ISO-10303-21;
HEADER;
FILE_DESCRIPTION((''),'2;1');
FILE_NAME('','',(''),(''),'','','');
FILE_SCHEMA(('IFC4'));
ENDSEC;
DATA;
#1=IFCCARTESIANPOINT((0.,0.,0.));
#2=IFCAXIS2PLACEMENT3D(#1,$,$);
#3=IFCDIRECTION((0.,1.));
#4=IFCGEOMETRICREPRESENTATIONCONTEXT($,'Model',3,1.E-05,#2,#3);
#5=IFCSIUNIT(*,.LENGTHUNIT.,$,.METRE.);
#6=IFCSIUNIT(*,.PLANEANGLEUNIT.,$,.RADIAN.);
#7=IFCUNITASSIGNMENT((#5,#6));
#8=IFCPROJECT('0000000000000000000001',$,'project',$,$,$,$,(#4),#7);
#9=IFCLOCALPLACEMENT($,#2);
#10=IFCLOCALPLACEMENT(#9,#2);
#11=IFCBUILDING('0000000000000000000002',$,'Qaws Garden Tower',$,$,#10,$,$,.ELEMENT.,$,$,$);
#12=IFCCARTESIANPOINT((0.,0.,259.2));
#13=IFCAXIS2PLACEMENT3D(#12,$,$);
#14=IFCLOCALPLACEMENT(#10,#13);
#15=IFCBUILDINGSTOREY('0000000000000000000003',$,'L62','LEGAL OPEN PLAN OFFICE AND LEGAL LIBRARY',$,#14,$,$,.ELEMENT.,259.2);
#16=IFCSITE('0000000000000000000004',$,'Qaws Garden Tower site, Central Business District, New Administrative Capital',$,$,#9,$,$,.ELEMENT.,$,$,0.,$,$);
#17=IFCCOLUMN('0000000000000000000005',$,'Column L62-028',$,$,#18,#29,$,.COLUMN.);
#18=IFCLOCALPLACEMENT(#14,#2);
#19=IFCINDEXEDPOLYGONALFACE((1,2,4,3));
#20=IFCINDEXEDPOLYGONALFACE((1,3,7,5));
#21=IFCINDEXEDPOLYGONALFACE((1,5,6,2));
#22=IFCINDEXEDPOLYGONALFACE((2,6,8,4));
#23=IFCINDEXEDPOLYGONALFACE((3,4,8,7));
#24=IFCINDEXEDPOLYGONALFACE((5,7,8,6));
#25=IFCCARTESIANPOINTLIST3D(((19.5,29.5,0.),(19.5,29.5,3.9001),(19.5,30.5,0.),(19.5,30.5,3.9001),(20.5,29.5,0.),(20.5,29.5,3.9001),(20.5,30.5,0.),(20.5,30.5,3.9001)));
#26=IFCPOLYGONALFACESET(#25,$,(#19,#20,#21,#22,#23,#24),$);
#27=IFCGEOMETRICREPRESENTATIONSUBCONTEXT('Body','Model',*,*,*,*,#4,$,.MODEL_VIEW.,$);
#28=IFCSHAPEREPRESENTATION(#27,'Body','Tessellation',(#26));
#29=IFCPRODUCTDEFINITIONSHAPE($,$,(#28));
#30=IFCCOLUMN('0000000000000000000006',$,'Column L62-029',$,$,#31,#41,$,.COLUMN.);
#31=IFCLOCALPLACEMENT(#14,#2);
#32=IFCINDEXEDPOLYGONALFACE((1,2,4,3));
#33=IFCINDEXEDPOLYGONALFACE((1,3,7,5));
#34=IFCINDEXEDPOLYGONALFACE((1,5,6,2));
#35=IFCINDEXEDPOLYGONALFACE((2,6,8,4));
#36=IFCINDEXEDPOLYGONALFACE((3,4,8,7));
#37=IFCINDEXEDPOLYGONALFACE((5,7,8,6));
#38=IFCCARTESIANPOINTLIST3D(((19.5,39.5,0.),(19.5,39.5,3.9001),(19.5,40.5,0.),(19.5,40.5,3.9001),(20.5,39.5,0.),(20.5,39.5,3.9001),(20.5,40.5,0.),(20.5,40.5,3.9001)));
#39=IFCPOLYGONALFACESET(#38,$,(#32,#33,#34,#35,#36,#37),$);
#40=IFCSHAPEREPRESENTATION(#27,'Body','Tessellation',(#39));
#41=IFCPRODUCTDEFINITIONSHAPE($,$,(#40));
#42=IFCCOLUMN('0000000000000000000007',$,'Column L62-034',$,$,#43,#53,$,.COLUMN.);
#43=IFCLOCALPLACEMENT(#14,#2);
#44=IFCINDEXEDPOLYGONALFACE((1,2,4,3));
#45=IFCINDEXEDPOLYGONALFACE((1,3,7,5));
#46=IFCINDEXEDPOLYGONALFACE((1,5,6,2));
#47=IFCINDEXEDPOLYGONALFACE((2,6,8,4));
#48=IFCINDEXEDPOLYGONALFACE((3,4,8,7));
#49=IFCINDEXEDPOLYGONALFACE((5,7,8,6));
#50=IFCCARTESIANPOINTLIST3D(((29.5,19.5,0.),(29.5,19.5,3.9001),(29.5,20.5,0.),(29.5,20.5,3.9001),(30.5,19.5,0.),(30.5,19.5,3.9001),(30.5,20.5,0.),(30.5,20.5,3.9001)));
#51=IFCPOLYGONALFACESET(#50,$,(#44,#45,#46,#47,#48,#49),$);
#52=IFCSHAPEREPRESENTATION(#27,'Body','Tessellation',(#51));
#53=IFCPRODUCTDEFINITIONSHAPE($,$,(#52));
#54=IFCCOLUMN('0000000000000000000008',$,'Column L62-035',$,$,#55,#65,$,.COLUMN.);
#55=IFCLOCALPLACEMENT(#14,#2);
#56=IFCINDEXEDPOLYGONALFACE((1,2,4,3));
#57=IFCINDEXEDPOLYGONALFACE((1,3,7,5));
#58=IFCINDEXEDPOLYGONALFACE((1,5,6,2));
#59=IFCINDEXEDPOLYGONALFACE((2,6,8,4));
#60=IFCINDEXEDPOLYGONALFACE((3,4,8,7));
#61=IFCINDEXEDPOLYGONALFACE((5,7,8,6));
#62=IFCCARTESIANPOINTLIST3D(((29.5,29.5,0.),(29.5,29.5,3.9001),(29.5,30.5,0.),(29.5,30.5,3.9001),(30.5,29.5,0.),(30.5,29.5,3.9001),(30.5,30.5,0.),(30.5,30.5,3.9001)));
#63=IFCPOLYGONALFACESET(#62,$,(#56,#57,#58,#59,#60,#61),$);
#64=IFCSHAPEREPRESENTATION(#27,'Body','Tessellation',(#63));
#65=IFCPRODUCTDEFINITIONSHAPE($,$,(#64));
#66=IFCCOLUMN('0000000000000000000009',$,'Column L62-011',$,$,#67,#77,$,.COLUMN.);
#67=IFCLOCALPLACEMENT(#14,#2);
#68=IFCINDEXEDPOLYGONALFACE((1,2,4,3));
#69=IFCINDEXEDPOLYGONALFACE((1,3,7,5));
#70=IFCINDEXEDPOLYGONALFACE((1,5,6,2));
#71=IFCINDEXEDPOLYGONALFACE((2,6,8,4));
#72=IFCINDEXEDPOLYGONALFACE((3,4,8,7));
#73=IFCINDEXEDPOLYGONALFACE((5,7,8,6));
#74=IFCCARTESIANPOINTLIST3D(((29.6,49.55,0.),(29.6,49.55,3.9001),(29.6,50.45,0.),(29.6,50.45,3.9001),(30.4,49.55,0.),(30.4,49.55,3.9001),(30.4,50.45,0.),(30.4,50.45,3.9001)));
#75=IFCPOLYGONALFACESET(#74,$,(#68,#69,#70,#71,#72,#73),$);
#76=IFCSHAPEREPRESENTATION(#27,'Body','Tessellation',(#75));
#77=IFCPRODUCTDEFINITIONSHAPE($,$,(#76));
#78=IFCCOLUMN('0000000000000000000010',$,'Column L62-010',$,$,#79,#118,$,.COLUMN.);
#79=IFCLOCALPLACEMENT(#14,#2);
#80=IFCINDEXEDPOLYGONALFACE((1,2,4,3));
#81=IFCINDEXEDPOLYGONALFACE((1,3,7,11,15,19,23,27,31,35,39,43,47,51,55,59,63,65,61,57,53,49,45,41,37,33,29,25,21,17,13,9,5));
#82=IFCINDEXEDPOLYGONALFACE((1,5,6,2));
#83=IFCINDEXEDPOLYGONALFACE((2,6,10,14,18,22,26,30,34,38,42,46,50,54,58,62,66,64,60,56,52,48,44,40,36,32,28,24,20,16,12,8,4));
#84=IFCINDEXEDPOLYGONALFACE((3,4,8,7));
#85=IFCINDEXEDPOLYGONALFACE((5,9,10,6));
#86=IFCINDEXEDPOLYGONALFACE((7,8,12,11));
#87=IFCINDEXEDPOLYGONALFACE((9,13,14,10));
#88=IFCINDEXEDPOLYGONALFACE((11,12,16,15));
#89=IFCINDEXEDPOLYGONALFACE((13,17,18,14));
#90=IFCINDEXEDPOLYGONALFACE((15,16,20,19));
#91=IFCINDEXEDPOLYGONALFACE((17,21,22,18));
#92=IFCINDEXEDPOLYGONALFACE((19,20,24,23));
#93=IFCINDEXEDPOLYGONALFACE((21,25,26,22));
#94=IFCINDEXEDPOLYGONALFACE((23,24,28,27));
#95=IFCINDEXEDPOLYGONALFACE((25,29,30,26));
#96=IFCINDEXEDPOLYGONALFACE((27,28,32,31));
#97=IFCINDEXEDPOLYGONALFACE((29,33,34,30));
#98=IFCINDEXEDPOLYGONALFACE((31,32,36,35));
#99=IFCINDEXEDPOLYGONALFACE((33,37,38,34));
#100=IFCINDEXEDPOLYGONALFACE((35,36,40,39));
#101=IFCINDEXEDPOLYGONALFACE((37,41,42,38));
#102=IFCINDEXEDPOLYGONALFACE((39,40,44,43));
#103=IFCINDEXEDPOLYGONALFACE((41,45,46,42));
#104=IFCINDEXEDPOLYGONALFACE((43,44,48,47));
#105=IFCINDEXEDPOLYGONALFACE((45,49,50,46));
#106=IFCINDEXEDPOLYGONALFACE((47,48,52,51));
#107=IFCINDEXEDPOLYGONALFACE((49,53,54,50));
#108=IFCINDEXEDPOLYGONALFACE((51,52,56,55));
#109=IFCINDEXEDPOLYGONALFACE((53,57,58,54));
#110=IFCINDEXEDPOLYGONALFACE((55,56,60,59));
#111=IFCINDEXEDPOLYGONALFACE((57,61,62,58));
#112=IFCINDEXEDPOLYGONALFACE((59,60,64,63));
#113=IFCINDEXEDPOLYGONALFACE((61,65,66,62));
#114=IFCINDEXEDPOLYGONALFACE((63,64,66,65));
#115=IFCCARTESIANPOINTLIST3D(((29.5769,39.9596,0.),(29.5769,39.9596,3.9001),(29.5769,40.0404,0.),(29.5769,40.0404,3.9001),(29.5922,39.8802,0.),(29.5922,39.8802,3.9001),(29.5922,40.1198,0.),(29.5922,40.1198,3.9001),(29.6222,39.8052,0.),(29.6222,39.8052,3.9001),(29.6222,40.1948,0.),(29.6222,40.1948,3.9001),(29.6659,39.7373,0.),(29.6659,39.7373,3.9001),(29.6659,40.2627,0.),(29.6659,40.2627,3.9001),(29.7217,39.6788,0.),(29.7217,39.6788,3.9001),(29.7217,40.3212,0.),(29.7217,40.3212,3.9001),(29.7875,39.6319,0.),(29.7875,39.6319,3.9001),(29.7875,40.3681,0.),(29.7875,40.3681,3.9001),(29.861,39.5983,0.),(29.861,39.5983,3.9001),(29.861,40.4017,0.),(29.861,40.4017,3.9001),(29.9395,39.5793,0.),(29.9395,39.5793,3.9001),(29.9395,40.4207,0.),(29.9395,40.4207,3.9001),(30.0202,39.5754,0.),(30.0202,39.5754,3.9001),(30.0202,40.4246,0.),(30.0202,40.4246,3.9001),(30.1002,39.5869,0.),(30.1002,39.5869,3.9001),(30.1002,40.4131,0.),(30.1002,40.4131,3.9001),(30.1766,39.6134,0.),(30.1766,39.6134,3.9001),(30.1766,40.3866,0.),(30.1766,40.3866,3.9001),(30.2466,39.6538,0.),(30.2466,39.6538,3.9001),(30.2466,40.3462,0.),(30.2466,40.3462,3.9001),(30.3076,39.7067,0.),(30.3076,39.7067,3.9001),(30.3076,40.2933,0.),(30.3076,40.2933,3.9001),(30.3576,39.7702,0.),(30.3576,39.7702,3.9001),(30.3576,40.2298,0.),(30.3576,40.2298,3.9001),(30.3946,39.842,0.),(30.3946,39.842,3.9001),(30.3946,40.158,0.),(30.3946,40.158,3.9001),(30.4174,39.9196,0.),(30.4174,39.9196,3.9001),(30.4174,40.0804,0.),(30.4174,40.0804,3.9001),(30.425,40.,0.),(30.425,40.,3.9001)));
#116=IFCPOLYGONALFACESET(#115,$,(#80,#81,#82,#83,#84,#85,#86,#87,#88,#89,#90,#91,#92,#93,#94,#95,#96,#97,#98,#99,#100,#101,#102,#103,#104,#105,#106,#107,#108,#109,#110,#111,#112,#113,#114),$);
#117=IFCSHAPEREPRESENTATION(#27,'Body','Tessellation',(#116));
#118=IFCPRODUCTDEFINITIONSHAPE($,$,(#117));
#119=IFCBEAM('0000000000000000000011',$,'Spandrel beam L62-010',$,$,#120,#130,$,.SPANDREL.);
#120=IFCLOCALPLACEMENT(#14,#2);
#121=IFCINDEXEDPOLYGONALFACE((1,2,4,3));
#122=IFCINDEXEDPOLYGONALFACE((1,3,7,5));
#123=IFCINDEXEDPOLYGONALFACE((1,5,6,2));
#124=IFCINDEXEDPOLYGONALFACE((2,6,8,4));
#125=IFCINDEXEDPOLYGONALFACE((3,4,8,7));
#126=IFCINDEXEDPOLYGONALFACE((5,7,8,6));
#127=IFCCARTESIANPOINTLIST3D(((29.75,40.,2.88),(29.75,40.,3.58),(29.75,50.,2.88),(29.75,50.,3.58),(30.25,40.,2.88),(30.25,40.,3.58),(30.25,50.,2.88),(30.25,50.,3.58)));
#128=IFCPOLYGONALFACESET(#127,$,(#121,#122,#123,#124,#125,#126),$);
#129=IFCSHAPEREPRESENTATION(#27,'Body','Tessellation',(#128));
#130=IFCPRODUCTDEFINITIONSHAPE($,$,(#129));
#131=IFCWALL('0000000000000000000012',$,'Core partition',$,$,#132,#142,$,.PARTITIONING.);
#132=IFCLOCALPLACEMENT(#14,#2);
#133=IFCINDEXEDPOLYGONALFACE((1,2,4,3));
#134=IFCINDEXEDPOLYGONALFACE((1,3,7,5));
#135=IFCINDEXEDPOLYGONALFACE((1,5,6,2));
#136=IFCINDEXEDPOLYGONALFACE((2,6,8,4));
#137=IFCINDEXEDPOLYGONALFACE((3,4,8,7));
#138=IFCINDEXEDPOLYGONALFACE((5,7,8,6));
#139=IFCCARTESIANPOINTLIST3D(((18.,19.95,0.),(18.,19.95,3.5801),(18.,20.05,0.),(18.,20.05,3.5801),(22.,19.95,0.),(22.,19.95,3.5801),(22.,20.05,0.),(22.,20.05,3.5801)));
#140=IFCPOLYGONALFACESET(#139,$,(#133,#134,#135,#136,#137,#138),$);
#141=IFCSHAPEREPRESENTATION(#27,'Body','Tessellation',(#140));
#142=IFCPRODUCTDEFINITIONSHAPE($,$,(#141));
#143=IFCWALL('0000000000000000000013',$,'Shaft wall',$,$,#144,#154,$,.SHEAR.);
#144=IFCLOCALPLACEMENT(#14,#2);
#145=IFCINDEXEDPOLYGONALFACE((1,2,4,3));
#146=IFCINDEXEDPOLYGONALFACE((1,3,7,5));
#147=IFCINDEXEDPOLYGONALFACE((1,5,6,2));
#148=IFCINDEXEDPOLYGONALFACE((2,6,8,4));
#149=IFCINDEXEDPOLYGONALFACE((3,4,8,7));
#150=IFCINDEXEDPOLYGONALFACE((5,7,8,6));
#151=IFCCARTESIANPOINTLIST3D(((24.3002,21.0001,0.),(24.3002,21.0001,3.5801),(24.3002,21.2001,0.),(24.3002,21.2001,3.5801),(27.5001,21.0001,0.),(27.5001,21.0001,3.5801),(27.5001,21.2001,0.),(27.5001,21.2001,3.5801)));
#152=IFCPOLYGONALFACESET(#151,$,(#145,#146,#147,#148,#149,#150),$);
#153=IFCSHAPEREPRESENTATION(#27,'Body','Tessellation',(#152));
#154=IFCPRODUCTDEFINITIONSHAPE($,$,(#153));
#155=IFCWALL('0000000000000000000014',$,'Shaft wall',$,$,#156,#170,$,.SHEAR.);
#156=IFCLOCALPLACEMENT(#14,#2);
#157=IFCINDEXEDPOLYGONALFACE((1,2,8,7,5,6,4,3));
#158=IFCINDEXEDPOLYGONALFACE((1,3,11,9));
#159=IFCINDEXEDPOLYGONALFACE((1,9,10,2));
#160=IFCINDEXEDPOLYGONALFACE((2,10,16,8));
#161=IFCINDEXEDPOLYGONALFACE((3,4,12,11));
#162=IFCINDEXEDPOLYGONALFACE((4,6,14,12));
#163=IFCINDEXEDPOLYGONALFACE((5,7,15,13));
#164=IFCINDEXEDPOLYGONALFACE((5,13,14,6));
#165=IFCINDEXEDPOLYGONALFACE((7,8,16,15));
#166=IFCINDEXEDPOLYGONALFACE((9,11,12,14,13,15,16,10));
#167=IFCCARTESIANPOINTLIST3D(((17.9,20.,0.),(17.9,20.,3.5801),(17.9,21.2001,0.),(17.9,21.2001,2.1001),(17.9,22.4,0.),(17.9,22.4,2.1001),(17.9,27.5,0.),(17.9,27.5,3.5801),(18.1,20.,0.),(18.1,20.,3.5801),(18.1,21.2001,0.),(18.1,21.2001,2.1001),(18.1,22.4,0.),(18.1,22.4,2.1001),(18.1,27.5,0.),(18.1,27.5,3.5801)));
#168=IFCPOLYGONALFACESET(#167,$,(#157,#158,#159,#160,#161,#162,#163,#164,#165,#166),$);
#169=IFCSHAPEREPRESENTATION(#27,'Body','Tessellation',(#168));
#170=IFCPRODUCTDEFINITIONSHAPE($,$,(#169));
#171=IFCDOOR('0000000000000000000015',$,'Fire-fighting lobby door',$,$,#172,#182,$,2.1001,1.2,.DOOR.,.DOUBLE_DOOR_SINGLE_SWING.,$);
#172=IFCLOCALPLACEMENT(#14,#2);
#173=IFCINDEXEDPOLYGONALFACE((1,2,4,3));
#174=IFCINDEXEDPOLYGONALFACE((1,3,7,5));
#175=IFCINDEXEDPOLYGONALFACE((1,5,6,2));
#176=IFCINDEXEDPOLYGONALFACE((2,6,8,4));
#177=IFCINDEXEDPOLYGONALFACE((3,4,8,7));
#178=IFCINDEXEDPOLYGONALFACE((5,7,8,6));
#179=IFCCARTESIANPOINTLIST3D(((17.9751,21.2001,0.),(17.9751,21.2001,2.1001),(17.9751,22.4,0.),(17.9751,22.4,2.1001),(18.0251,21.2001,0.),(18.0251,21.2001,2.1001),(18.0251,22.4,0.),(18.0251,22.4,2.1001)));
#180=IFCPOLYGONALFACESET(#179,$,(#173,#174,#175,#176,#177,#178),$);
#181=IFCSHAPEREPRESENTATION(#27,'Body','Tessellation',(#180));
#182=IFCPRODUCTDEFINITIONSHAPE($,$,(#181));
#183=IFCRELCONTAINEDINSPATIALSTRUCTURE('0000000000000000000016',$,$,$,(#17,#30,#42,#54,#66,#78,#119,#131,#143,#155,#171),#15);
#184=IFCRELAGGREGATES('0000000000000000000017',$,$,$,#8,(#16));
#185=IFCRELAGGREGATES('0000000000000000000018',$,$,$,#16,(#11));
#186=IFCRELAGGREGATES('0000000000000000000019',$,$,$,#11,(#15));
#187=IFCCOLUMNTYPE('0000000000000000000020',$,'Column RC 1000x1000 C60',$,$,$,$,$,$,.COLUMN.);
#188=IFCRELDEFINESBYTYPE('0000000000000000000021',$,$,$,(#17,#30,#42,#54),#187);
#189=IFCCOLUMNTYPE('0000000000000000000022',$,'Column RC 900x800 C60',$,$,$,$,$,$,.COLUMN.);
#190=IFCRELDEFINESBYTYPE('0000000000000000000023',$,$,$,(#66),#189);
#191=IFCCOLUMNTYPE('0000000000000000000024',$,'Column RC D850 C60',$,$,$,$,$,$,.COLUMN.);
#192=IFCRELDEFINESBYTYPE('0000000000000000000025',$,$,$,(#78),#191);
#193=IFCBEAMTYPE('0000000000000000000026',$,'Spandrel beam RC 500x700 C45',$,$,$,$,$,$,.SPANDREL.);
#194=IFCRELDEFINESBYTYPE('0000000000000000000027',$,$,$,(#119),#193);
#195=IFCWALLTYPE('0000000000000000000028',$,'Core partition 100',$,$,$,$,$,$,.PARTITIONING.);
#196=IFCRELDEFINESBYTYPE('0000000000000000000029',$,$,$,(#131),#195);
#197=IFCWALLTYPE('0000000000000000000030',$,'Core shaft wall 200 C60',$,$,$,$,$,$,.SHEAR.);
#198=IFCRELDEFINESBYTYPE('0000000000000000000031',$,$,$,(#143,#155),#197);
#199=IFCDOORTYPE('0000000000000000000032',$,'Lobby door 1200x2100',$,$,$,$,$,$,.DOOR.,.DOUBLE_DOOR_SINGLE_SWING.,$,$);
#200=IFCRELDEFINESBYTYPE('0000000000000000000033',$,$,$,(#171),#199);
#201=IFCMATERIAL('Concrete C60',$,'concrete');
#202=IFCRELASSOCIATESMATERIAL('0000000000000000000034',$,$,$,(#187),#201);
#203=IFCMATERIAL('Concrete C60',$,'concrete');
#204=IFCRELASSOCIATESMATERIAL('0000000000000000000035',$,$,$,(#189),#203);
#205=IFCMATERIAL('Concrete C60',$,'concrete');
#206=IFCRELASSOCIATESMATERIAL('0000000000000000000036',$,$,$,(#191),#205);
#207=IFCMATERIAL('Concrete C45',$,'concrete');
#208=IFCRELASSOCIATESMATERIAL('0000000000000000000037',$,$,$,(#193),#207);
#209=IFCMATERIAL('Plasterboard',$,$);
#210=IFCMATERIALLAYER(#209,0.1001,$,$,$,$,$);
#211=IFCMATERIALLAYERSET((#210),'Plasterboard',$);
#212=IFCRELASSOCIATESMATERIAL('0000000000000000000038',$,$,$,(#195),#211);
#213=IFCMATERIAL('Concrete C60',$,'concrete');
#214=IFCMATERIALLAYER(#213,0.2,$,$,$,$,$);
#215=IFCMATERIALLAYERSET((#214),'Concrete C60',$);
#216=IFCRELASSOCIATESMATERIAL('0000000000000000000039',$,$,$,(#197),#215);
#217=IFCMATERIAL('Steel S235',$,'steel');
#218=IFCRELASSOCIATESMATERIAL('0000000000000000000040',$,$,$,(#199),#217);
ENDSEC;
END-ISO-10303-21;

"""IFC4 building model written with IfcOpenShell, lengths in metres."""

from ifc_helpers import new_model, si_unit, direction, frame, frame_2d, origin, origin_2d, place, context, subcontext, project, spatial, rectangle, circle, extrude, material, layer, layer_set, material_profile, profile_set, type_object, element, fill, save


model = new_model("IFC4")

# Units and contexts
model_context = context("Model", 3, precision=1e-05, world=origin(), true_north=direction((0.0, 1.0)))
body_context = subcontext(model_context, "Body", "Model", "MODEL_VIEW")
ifc_project = project(units=[si_unit("LENGTHUNIT", "METRE"), si_unit("PLANEANGLEUNIT", "RADIAN")], contexts=[model_context])

# Site, building, storey
site_placement = place(None, origin())
site = spatial("IfcSite", under=ifc_project, at=site_placement, Name="Qaws Garden Tower site, Central Business District, New Administrative Capital", CompositionType="ELEMENT", RefElevation=0.0)
building_placement = place(site_placement, origin())
building = spatial("IfcBuilding", under=site, at=building_placement, Name="Qaws Garden Tower", CompositionType="ELEMENT")
storey_placement = place(building_placement, frame((0.0, 0.0, 259.2)))
storey = spatial("IfcBuildingStorey", under=building, at=storey_placement, Name="L62", Description="LEGAL OPEN PLAN OFFICE AND LEGAL LIBRARY", CompositionType="ELEMENT", Elevation=259.2)

# Columns
ifc_material_1 = material(Name="Concrete C60", Category="concrete")
ifc_material_profile_1 = material_profile(ifc_material_1, rectangle(XDim=1.0, YDim=1.0, at=origin_2d()), Name="RC 1000x1000")
ifc_profile_set_1 = profile_set([ifc_material_profile_1], Name="Concrete C60")
column_type_1 = type_object("IfcColumnType", Name="Column RC 1000x1000 C60", PredefinedType="COLUMN", material=ifc_profile_set_1)
for number, where, z_axis, x_axis, name in (
    (1, (20.0, 30.0, 0.0), (0.0, 0.0, 1.0), (1.0, 0.0, 0.0), "Column L62-028"),
    (2, (20.0, 40.0, 0.0), (0.0, 0.0, 1.0), (1.0, 0.0, 0.0), "Column L62-029"),
    (3, (30.0, 20.0, 0.0), (0.0, 0.0, 1.0), (1.0, 0.0, 0.0), "Column L62-034"),
    (4, (30.0, 30.0, 0.0), (0.0, 0.0, 1.0), (1.0, 0.0, 0.0), "Column L62-035"),
):
    element("IfcColumn", number, at=place(storey_placement, frame(where, z_axis=z_axis, x_axis=x_axis)), inside=storey, type_object=column_type_1, Name=name, PredefinedType="COLUMN", context=body_context, shape_type="SweptSolid", body=[
        extrude(rectangle(XDim=1.0, YDim=1.0, at=origin_2d()), origin(), (0.0, 0.0, 1.0), 3.9001),
    ])
ifc_material_2 = material(Name="Concrete C60", Category="concrete")
ifc_material_profile_2 = material_profile(ifc_material_2, rectangle(XDim=0.8999, YDim=0.8, at=origin_2d()), Name="RC 900x800")
ifc_profile_set_2 = profile_set([ifc_material_profile_2], Name="Concrete C60")
column_type_2 = type_object("IfcColumnType", Name="Column RC 900x800 C60", PredefinedType="COLUMN", material=ifc_profile_set_2)
column_1_placement = place(storey_placement, frame((30.0, 50.0, 0.0), z_axis=(0.0, 0.0, 1.0), x_axis=(0.0, 1.0, 0.0)))
element("IfcColumn", 5, at=column_1_placement, inside=storey, type_object=column_type_2, Name="Column L62-011", PredefinedType="COLUMN", context=body_context, shape_type="SweptSolid", body=[
    extrude(rectangle(XDim=0.8999, YDim=0.8, at=origin_2d()), origin(), (0.0, 0.0, 1.0), 3.9001),
])
ifc_material_3 = material(Name="Concrete C60", Category="concrete")
ifc_material_profile_3 = material_profile(ifc_material_3, circle(Radius=0.425, at=origin_2d()), Name="RC D850")
ifc_profile_set_3 = profile_set([ifc_material_profile_3], Name="Concrete C60")
column_type_3 = type_object("IfcColumnType", Name="Column RC D850 C60", PredefinedType="COLUMN", material=ifc_profile_set_3)
column_2_placement = place(storey_placement, frame((30.0, 40.0, 0.0), z_axis=(0.0, 0.0, 1.0), x_axis=(1.0, 0.0, 0.0)))
element("IfcColumn", 6, at=column_2_placement, inside=storey, type_object=column_type_3, Name="Column L62-010", PredefinedType="COLUMN", context=body_context, shape_type="SweptSolid", body=[
    extrude(circle(Radius=0.425, at=origin_2d()), origin(), (0.0, 0.0, 1.0), 3.9001),
])

# Beam
ifc_material_4 = material(Name="Concrete C45", Category="concrete")
ifc_material_profile_4 = material_profile(ifc_material_4, rectangle(XDim=0.5, YDim=0.7, at=origin_2d()), Name="RC 500x700")
ifc_profile_set_4 = profile_set([ifc_material_profile_4], Name="Concrete C45")
beam_type = type_object("IfcBeamType", Name="Spandrel beam RC 500x700 C45", PredefinedType="SPANDREL", material=ifc_profile_set_4)
beam_placement = place(storey_placement, frame((30.0, 40.0, 3.23), z_axis=(0.0, 1.0, 0.0), x_axis=(-1.0, 0.0, 0.0)))
element("IfcBeam", 7, at=beam_placement, inside=storey, type_object=beam_type, Name="Spandrel beam L62-010", PredefinedType="SPANDREL", context=body_context, shape_type="SweptSolid", body=[
    extrude(rectangle(XDim=0.5, YDim=0.7, at=origin_2d()), origin(), (0.0, 0.0, 1.0), 10.0),
])

# Walls
ifc_material_5 = material(Name="Plasterboard")
ifc_layer_1 = layer(ifc_material_5, 0.1001)
ifc_layer_set_1 = layer_set([ifc_layer_1], Name="Plasterboard")
wall_type_1 = type_object("IfcWallType", Name="Core partition 100", PredefinedType="PARTITIONING", material=ifc_layer_set_1)
wall_1_placement = place(storey_placement, frame((18.0, 20.0, 0.0), z_axis=(0.0, 0.0, 1.0), x_axis=(1.0, 0.0, 0.0)))
element("IfcWall", 8, at=wall_1_placement, inside=storey, type_object=wall_type_1, Name="Core partition", PredefinedType="PARTITIONING", context=body_context, shape_type="SweptSolid", body=[
    extrude(rectangle(XDim=4.0, YDim=0.1001, at=frame_2d((2.0, 0.0))), origin(), (0.0, 0.0, 1.0), 3.5801),
])
ifc_material_6 = material(Name="Concrete C60", Category="concrete")
ifc_layer_2 = layer(ifc_material_6, 0.2)
ifc_layer_set_2 = layer_set([ifc_layer_2], Name="Concrete C60")
wall_type_2 = type_object("IfcWallType", Name="Core shaft wall 200 C60", PredefinedType="SHEAR", material=ifc_layer_set_2)
wall_2_placement = place(storey_placement, frame((24.3, 21.1001, 0.0), z_axis=(0.0, 0.0, 1.0), x_axis=(1.0, 0.0, 0.0)))
element("IfcWall", 9, at=wall_2_placement, inside=storey, type_object=wall_type_2, Name="Shaft wall", PredefinedType="SHEAR", context=body_context, shape_type="SweptSolid", body=[
    extrude(rectangle(XDim=3.2, YDim=0.2, at=frame_2d((1.6001, 0.0))), origin(), (0.0, 0.0, 1.0), 3.5801),
])

# Wall, opening, door
wall_3_placement = place(storey_placement, frame((18.0, 20.0, 0.0), z_axis=(0.0, 0.0, 1.0), x_axis=(0.0, 1.0, 0.0)))
wall_3 = element("IfcWall", 10, at=wall_3_placement, inside=storey, type_object=wall_type_2, Name="Shaft wall", PredefinedType="SHEAR", context=body_context, shape_type="SweptSolid", body=[
    extrude(rectangle(XDim=7.5, YDim=0.2, at=frame_2d((3.75, 0.0))), origin(), (0.0, 0.0, 1.0), 3.5801),
])
opening_placement = place(wall_3_placement, frame((1.2, 0.0, 0.0)))
opening = element("IfcOpeningElement", 11, at=opening_placement, cuts=wall_3, PredefinedType="OPENING", context=body_context, shape_type="SweptSolid", body=[
    extrude(rectangle(XDim=1.2, YDim=2.1001, at=frame_2d((0.6001, 1.05))), frame((0.0, 0.1099, 0.0), z_axis=(0.0, -1.0, 0.0), x_axis=(1.0, 0.0, 0.0)), (0.0, 0.0, 1.0), 0.22),
])
ifc_material_7 = material(Name="Steel S235", Category="steel")
door_type = type_object("IfcDoorType", Name="Lobby door 1200x2100", OperationType="DOUBLE_DOOR_SINGLE_SWING", PredefinedType="DOOR", material=ifc_material_7)
door_placement = place(opening_placement, origin())
door = element("IfcDoor", 12, at=door_placement, inside=storey, type_object=door_type, Name="Fire-fighting lobby door", OperationType="DOUBLE_DOOR_SINGLE_SWING", OverallHeight=2.1001, OverallWidth=1.2, PredefinedType="DOOR", context=body_context, shape_type="SweptSolid", body=[
    extrude(rectangle(XDim=1.2, YDim=2.1001, at=frame_2d((0.6001, 1.05))), frame((0.0, 0.0249, 0.0), z_axis=(0.0, -1.0, 0.0), x_axis=(1.0, 0.0, 0.0)), (0.0, 0.0, 1.0), 0.05),
])
fill(opening, door)

save(model, "model.ifc")
